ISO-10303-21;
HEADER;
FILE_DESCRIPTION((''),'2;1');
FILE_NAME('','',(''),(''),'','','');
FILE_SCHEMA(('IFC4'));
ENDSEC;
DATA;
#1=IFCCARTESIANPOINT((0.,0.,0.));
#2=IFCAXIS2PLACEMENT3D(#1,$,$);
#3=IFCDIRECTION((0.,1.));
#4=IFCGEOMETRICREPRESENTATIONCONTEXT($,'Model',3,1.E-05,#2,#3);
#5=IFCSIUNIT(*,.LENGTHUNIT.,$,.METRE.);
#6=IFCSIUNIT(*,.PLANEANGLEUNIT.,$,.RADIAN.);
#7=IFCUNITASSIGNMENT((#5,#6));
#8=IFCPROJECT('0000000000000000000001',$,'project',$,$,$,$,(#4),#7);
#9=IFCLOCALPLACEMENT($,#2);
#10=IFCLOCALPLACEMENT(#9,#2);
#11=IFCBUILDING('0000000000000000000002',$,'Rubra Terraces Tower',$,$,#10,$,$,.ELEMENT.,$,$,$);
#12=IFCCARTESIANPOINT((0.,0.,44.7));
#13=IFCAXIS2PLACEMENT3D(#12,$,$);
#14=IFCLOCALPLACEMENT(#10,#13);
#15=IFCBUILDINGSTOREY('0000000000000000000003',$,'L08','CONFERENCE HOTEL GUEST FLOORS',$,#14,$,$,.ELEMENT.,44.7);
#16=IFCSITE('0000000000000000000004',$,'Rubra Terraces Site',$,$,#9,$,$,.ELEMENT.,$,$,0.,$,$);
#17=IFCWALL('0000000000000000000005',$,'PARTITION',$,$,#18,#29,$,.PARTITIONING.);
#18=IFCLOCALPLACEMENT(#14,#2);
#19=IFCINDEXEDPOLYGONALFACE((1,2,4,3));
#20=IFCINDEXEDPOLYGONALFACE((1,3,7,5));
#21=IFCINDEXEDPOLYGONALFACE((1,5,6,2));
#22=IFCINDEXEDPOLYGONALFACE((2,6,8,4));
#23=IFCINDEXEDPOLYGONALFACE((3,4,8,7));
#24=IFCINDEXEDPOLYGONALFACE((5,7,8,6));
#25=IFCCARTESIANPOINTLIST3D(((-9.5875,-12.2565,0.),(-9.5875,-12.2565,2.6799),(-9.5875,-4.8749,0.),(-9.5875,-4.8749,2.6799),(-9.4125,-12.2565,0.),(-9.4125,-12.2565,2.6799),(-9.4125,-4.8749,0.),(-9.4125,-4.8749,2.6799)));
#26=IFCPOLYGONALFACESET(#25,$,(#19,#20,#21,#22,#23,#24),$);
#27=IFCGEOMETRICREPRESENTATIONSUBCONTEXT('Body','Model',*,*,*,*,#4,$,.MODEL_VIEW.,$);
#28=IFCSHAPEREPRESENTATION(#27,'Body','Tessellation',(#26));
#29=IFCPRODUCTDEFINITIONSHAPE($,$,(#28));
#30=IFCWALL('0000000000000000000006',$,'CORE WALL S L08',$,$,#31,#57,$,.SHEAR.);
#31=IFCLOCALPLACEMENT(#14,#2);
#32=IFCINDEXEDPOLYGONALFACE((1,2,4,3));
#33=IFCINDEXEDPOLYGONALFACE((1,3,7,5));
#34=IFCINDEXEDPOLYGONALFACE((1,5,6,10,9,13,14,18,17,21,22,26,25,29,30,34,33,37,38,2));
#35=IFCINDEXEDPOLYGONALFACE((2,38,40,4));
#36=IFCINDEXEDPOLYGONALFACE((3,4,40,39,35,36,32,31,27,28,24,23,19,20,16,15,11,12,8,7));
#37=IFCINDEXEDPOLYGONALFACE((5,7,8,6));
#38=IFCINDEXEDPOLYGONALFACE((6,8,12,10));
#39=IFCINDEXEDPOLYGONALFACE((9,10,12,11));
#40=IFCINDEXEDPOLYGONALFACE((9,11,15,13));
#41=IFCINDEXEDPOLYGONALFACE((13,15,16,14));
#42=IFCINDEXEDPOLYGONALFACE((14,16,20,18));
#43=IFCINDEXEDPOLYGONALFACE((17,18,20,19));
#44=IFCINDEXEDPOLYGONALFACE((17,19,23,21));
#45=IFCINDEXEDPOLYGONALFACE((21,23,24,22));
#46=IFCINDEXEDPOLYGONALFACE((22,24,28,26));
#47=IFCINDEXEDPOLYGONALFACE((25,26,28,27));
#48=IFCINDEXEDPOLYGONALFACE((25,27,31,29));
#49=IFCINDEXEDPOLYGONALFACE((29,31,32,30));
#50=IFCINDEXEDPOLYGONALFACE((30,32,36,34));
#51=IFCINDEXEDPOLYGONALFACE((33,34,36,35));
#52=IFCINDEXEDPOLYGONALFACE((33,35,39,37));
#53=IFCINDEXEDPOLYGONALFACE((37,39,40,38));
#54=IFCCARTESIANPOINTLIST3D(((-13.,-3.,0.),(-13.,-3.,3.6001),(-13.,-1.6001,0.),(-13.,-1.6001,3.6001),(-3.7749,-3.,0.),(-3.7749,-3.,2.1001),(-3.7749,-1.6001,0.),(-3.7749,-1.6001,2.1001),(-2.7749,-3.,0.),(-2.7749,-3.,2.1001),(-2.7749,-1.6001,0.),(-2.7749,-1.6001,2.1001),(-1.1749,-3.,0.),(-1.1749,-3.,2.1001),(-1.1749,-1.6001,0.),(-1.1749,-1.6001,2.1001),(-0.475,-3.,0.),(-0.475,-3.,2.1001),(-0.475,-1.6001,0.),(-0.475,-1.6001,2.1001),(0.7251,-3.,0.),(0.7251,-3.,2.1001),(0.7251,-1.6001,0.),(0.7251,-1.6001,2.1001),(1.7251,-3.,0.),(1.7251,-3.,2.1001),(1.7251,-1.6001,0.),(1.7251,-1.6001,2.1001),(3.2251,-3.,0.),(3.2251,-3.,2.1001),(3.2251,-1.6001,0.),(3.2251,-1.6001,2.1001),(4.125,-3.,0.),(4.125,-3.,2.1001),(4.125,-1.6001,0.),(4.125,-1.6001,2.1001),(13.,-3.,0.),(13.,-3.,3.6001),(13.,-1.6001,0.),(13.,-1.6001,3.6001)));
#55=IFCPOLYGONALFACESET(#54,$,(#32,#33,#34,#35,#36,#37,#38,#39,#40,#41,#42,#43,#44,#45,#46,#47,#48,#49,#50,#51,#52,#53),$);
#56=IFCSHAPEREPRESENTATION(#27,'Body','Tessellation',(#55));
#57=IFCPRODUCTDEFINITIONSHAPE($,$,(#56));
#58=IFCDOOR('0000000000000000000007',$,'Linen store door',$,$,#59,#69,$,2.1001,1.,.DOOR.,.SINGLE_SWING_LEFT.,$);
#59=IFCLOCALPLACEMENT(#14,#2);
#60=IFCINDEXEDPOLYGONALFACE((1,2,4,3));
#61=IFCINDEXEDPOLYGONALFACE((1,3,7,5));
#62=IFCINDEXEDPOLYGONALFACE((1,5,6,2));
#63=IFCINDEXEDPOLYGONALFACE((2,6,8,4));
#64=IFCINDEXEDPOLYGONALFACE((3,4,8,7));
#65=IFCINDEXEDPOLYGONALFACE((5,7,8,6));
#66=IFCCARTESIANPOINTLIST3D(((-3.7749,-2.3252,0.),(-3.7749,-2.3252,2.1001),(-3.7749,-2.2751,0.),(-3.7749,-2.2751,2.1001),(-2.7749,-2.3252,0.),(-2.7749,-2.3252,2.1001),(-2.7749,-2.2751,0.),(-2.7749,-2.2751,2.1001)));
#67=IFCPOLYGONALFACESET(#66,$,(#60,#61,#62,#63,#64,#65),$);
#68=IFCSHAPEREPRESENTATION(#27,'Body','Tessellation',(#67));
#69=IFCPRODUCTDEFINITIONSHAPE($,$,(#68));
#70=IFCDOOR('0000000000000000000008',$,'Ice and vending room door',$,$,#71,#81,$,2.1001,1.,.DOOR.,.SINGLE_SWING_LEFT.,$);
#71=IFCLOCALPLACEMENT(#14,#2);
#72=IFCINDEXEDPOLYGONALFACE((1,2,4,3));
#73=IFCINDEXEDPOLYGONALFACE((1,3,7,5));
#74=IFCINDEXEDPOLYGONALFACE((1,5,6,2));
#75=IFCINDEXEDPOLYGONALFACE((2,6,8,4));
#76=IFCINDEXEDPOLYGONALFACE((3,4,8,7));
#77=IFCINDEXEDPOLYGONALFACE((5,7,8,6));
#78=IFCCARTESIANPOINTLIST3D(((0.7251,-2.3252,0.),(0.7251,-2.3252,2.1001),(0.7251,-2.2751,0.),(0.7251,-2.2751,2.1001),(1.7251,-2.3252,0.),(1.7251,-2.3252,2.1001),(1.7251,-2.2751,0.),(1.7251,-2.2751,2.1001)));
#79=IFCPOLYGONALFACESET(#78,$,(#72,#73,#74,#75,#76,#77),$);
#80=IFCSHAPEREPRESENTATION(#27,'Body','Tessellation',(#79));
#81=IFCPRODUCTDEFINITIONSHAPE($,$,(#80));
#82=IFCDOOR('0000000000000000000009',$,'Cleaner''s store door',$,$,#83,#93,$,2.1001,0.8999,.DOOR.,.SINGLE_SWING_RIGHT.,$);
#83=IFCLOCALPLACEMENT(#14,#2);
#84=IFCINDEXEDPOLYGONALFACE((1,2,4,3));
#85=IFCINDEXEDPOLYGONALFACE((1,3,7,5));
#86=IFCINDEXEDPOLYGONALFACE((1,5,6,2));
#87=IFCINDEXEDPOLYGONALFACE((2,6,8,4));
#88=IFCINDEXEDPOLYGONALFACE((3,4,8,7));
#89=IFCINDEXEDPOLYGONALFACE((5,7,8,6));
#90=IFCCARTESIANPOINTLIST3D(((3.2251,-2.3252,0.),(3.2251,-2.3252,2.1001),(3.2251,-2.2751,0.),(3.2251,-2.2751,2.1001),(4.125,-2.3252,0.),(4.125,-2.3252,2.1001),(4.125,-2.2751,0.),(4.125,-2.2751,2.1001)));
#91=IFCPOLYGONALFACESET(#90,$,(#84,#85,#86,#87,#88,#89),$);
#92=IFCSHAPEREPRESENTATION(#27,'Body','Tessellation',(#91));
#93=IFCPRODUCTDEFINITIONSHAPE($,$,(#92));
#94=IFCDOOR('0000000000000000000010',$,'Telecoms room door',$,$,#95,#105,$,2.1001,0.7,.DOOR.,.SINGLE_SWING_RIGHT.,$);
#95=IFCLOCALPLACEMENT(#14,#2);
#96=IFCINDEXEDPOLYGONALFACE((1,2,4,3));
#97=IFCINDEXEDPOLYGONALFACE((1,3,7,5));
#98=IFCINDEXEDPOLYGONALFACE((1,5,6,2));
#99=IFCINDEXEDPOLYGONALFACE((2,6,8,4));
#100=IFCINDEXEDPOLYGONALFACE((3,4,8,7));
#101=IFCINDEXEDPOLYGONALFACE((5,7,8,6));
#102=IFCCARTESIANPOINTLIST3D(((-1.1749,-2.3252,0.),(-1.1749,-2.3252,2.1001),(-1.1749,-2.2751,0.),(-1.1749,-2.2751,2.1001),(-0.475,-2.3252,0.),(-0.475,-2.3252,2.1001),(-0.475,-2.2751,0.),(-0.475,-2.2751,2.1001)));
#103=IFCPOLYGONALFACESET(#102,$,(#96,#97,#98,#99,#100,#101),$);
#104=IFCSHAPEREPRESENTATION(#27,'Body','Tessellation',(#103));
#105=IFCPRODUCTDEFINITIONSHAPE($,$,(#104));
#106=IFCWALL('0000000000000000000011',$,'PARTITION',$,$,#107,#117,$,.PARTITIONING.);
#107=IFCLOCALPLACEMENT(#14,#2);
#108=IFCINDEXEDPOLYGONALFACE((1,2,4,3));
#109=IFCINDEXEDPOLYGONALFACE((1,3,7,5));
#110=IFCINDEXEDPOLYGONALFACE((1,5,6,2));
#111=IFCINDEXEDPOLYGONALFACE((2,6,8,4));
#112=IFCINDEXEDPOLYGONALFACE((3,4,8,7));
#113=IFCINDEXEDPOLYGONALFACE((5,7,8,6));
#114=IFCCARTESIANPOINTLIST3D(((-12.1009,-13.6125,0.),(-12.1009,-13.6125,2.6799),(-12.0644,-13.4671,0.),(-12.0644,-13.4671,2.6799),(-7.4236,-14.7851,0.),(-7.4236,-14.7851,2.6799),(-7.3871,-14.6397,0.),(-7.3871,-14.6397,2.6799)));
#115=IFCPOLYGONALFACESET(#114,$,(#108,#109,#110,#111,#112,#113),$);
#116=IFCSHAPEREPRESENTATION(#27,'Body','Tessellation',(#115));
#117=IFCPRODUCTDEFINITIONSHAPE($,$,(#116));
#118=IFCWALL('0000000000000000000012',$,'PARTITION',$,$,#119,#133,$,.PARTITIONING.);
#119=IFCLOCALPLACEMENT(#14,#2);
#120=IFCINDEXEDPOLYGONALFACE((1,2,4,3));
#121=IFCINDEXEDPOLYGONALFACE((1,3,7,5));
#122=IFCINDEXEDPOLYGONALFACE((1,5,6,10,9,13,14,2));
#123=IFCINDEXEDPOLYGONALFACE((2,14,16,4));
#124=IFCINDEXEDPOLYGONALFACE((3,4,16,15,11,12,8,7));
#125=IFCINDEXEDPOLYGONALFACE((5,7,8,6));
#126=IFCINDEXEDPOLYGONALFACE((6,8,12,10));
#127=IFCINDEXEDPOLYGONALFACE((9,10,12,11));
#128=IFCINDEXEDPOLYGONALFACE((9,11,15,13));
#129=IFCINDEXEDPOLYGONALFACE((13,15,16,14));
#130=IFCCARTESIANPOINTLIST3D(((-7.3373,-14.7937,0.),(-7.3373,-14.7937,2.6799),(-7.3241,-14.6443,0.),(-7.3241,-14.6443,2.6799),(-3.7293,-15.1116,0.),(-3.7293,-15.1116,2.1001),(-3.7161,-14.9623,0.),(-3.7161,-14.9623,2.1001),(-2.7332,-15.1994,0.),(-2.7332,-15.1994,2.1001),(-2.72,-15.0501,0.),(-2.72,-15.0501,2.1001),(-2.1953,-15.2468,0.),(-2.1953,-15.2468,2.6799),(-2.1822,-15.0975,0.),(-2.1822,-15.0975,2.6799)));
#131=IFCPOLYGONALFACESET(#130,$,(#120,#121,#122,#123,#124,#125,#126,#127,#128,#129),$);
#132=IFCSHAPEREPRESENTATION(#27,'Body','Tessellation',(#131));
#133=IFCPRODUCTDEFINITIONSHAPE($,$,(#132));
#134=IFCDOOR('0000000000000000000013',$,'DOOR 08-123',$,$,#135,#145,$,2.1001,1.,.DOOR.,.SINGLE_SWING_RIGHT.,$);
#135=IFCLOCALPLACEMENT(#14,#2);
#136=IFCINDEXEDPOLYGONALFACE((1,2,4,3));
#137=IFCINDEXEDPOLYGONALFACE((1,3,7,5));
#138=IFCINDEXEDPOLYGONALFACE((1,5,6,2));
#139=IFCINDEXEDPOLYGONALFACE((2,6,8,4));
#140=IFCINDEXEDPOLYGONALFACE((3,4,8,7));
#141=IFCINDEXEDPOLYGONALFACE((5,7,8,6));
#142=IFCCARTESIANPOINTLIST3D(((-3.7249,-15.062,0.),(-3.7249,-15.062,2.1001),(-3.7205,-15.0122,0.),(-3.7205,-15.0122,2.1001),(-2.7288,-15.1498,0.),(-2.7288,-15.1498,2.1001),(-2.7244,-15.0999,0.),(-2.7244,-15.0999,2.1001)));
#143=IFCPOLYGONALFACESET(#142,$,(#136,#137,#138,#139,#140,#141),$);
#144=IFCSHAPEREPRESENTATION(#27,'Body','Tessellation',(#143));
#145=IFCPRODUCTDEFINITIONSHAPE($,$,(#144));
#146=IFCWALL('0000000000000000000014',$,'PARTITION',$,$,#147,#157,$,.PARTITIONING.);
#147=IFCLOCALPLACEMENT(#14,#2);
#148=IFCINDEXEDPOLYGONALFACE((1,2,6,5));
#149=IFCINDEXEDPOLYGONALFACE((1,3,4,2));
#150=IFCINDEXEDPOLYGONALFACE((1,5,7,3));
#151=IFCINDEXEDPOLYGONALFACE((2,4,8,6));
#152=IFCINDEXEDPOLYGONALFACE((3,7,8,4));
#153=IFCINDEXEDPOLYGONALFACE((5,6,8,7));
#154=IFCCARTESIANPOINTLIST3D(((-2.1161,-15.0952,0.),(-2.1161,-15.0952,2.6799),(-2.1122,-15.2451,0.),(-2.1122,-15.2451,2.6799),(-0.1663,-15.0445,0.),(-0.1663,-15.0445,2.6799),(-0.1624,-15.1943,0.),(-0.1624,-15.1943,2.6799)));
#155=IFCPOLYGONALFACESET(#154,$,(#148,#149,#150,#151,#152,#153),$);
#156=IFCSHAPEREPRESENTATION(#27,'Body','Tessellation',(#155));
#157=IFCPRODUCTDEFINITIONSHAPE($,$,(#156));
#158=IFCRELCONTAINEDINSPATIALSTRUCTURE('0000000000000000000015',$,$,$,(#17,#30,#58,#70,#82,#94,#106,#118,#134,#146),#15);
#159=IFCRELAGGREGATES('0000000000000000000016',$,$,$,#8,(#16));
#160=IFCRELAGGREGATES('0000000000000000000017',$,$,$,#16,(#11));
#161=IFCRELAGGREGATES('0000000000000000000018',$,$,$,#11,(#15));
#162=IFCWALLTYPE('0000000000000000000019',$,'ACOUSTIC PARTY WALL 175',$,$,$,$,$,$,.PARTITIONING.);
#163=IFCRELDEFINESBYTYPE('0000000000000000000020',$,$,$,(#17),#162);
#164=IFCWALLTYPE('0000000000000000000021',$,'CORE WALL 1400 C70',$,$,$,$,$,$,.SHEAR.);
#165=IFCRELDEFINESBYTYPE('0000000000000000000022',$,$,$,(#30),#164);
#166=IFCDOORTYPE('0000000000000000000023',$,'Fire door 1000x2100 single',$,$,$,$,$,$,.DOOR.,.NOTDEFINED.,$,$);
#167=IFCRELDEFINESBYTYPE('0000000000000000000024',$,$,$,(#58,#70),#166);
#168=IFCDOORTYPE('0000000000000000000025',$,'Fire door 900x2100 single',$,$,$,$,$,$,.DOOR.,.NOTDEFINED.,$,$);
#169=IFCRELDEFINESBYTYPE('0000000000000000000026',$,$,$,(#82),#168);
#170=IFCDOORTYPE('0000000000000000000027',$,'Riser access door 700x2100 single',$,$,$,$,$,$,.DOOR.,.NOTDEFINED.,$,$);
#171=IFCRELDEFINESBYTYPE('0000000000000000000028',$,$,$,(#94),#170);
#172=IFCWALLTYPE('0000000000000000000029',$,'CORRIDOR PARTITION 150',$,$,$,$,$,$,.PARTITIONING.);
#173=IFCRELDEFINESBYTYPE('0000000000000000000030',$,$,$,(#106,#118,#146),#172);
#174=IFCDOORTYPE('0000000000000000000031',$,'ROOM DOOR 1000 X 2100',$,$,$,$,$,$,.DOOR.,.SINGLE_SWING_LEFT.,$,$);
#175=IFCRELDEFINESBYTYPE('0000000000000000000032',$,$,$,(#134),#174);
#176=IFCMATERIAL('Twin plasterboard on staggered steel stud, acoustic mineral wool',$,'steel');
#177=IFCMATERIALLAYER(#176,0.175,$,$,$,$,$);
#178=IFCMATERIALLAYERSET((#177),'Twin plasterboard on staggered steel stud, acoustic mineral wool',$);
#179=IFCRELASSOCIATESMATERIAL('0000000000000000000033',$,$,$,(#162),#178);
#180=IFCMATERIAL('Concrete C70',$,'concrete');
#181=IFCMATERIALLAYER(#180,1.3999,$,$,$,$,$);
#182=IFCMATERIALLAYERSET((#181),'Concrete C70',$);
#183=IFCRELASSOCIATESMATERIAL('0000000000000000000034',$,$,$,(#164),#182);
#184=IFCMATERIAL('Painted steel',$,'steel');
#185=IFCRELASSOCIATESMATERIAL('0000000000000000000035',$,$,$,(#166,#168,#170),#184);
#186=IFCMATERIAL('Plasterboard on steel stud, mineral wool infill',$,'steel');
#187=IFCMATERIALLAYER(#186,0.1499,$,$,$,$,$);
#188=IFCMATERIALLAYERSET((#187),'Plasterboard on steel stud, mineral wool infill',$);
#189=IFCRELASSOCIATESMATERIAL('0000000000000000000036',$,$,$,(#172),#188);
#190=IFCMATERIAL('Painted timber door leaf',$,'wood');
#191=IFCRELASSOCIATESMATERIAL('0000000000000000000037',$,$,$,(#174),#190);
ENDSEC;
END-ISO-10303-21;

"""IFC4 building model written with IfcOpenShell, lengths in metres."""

from ifc_helpers import new_model, si_unit, direction, frame, frame_2d, origin, place, context, subcontext, project, spatial, rectangle, extrude, material, layer, layer_set, type_object, element, fill, save


model = new_model("IFC4")

# Units and contexts
model_context = context("Model", 3, precision=1e-05, world=origin(), true_north=direction((0.0, 1.0)))
body_context = subcontext(model_context, "Body", "Model", "MODEL_VIEW")
ifc_project = project(units=[si_unit("LENGTHUNIT", "METRE"), si_unit("PLANEANGLEUNIT", "RADIAN")], contexts=[model_context])

# Site, building, storey
site_placement = place(None, origin())
site = spatial("IfcSite", under=ifc_project, at=site_placement, Name="Rubra Terraces Site", CompositionType="ELEMENT", RefElevation=0.0)
building_placement = place(site_placement, origin())
building = spatial("IfcBuilding", under=site, at=building_placement, Name="Rubra Terraces Tower", CompositionType="ELEMENT")
storey_placement = place(building_placement, frame((0.0, 0.0, 44.7)))
storey = spatial("IfcBuildingStorey", under=building, at=storey_placement, Name="L08", Description="CONFERENCE HOTEL GUEST FLOORS", CompositionType="ELEMENT", Elevation=44.7)

# Wall
ifc_material_1 = material(Name="Twin plasterboard on staggered steel stud, acoustic mineral wool", Category="steel")
ifc_layer_1 = layer(ifc_material_1, 0.175)
ifc_layer_set_1 = layer_set([ifc_layer_1], Name="Twin plasterboard on staggered steel stud, acoustic mineral wool")
wall_type_1 = type_object("IfcWallType", Name="ACOUSTIC PARTY WALL 175", PredefinedType="PARTITIONING", material=ifc_layer_set_1)
wall_1_placement = place(storey_placement, frame((-9.5, -12.2566, 0.0), z_axis=(0.0, 0.0, 1.0), x_axis=(0.0, 1.0, 0.0)))
element("IfcWall", 1, at=wall_1_placement, inside=storey, type_object=wall_type_1, Name="PARTITION", PredefinedType="PARTITIONING", context=body_context, shape_type="SweptSolid", body=[
    extrude(rectangle(XDim=7.3816, YDim=0.175, at=frame_2d((3.6909, 0.0))), origin(), (0.0, 0.0, 1.0), 2.6799),
])

# Wall, openings, doors
ifc_material_2 = material(Name="Concrete C70", Category="concrete")
ifc_layer_2 = layer(ifc_material_2, 1.3999)
ifc_layer_set_2 = layer_set([ifc_layer_2], Name="Concrete C70")
wall_type_2 = type_object("IfcWallType", Name="CORE WALL 1400 C70", PredefinedType="SHEAR", material=ifc_layer_set_2)
wall_2_placement = place(storey_placement, frame((-13.0, -2.3, 0.0), z_axis=(0.0, 0.0, 1.0), x_axis=(1.0, 0.0, 0.0)))
wall_2 = element("IfcWall", 2, at=wall_2_placement, inside=storey, type_object=wall_type_2, Name="CORE WALL S L08", PredefinedType="SHEAR", context=body_context, shape_type="SweptSolid", body=[
    extrude(rectangle(XDim=26.0, YDim=1.3999, at=frame_2d((13.0, 0.0))), origin(), (0.0, 0.0, 1.0), 3.6001),
])
opening_1_placement = place(wall_2_placement, frame((9.2251, 0.0, 0.0)))
opening_1 = element("IfcOpeningElement", 3, at=opening_1_placement, cuts=wall_2, PredefinedType="OPENING", context=body_context, shape_type="SweptSolid", body=[
    extrude(rectangle(XDim=1.0, YDim=2.1001, at=frame_2d((0.5, 1.05))), frame((0.0, 0.71, 0.0), z_axis=(0.0, -1.0, 0.0), x_axis=(1.0, 0.0, 0.0)), (0.0, 0.0, 1.0), 1.4199),
])
opening_2_placement = place(wall_2_placement, frame((11.825, 0.0, 0.0)))
opening_2 = element("IfcOpeningElement", 4, at=opening_2_placement, cuts=wall_2, PredefinedType="OPENING", context=body_context, shape_type="SweptSolid", body=[
    extrude(rectangle(XDim=0.7, YDim=2.1001, at=frame_2d((0.3501, 1.05))), frame((0.0, 0.71, 0.0), z_axis=(0.0, -1.0, 0.0), x_axis=(1.0, 0.0, 0.0)), (0.0, 0.0, 1.0), 1.4199),
])
opening_3_placement = place(wall_2_placement, frame((13.7251, 0.0, 0.0)))
opening_3 = element("IfcOpeningElement", 5, at=opening_3_placement, cuts=wall_2, PredefinedType="OPENING", context=body_context, shape_type="SweptSolid", body=[
    extrude(rectangle(XDim=1.0, YDim=2.1001, at=frame_2d((0.5, 1.05))), frame((0.0, 0.71, 0.0), z_axis=(0.0, -1.0, 0.0), x_axis=(1.0, 0.0, 0.0)), (0.0, 0.0, 1.0), 1.4199),
])
opening_4_placement = place(wall_2_placement, frame((16.2251, 0.0, 0.0)))
opening_4 = element("IfcOpeningElement", 6, at=opening_4_placement, cuts=wall_2, PredefinedType="OPENING", context=body_context, shape_type="SweptSolid", body=[
    extrude(rectangle(XDim=0.8999, YDim=2.1001, at=frame_2d((0.45, 1.05))), frame((0.0, 0.71, 0.0), z_axis=(0.0, -1.0, 0.0), x_axis=(1.0, 0.0, 0.0)), (0.0, 0.0, 1.0), 1.4199),
])
ifc_material_3 = material(Name="Painted steel", Category="steel")
door_type_1 = type_object("IfcDoorType", Name="Fire door 1000x2100 single", OperationType="NOTDEFINED", PredefinedType="DOOR", material=ifc_material_3)
door_1_placement = place(opening_1_placement, origin())
door_1 = element("IfcDoor", 7, at=door_1_placement, inside=storey, type_object=door_type_1, Name="Linen store door", OperationType="SINGLE_SWING_LEFT", OverallHeight=2.1001, OverallWidth=1.0, PredefinedType="DOOR", context=body_context, shape_type="SweptSolid", body=[
    extrude(rectangle(XDim=1.0, YDim=2.1001, at=frame_2d((0.5, 1.05))), frame((0.0, 0.0249, 0.0), z_axis=(0.0, -1.0, 0.0), x_axis=(1.0, 0.0, 0.0)), (0.0, 0.0, 1.0), 0.05),
])
fill(opening_1, door_1)
door_2_placement = place(opening_3_placement, origin())
door_2 = element("IfcDoor", 8, at=door_2_placement, inside=storey, type_object=door_type_1, Name="Ice and vending room door", OperationType="SINGLE_SWING_LEFT", OverallHeight=2.1001, OverallWidth=1.0, PredefinedType="DOOR", context=body_context, shape_type="SweptSolid", body=[
    extrude(rectangle(XDim=1.0, YDim=2.1001, at=frame_2d((0.5, 1.05))), frame((0.0, 0.0249, 0.0), z_axis=(0.0, -1.0, 0.0), x_axis=(1.0, 0.0, 0.0)), (0.0, 0.0, 1.0), 0.05),
])
fill(opening_3, door_2)
door_type_2 = type_object("IfcDoorType", Name="Fire door 900x2100 single", OperationType="NOTDEFINED", PredefinedType="DOOR", material=ifc_material_3)
door_3_placement = place(opening_4_placement, origin())
door_3 = element("IfcDoor", 9, at=door_3_placement, inside=storey, type_object=door_type_2, Name="Cleaner's store door", OperationType="SINGLE_SWING_RIGHT", OverallHeight=2.1001, OverallWidth=0.8999, PredefinedType="DOOR", context=body_context, shape_type="SweptSolid", body=[
    extrude(rectangle(XDim=0.8999, YDim=2.1001, at=frame_2d((0.45, 1.05))), frame((0.0, 0.0249, 0.0), z_axis=(0.0, -1.0, 0.0), x_axis=(1.0, 0.0, 0.0)), (0.0, 0.0, 1.0), 0.05),
])
fill(opening_4, door_3)
door_type_3 = type_object("IfcDoorType", Name="Riser access door 700x2100 single", OperationType="NOTDEFINED", PredefinedType="DOOR", material=ifc_material_3)
door_4_placement = place(opening_2_placement, origin())
door_4 = element("IfcDoor", 10, at=door_4_placement, inside=storey, type_object=door_type_3, Name="Telecoms room door", OperationType="SINGLE_SWING_RIGHT", OverallHeight=2.1001, OverallWidth=0.7, PredefinedType="DOOR", context=body_context, shape_type="SweptSolid", body=[
    extrude(rectangle(XDim=0.7, YDim=2.1001, at=frame_2d((0.3501, 1.05))), frame((0.0, 0.0249, 0.0), z_axis=(0.0, -1.0, 0.0), x_axis=(1.0, 0.0, 0.0)), (0.0, 0.0, 1.0), 0.05),
])
fill(opening_2, door_4)

# Wall
ifc_material_4 = material(Name="Plasterboard on steel stud, mineral wool infill", Category="steel")
ifc_layer_3 = layer(ifc_material_4, 0.1499)
ifc_layer_set_3 = layer_set([ifc_layer_3], Name="Plasterboard on steel stud, mineral wool infill")
wall_type_3 = type_object("IfcWallType", Name="CORRIDOR PARTITION 150", PredefinedType="PARTITIONING", material=ifc_layer_set_3)
wall_3_placement = place(storey_placement, frame((-12.0828, -13.5398, 0.0), z_axis=(0.0, 0.0, 1.0), x_axis=(0.969981, -0.243179, 0.0)))
element("IfcWall", 11, at=wall_3_placement, inside=storey, type_object=wall_type_3, Name="PARTITION", PredefinedType="PARTITIONING", context=body_context, shape_type="SweptSolid", body=[
    extrude(rectangle(XDim=4.822, YDim=0.1499, at=frame_2d((2.4111, 0.0))), origin(), (0.0, 0.0, 1.0), 2.6799),
])

# Wall, opening, door
wall_4_placement = place(storey_placement, frame((-7.3308, -14.719, 0.0), z_axis=(0.0, 0.0, 1.0), x_axis=(0.996139, -0.087785, 0.0)))
wall_4 = element("IfcWall", 12, at=wall_4_placement, inside=storey, type_object=wall_type_3, Name="PARTITION", PredefinedType="PARTITIONING", context=body_context, shape_type="SweptSolid", body=[
    extrude(rectangle(XDim=5.1619, YDim=0.1499, at=frame_2d((2.5811, 0.0))), origin(), (0.0, 0.0, 1.0), 2.6799),
])
opening_5_placement = place(wall_4_placement, frame((3.6221, 0.0, 0.0)))
opening_5 = element("IfcOpeningElement", 13, at=opening_5_placement, cuts=wall_4, PredefinedType="OPENING", context=body_context, shape_type="SweptSolid", body=[
    extrude(rectangle(XDim=1.0, YDim=2.1001, at=frame_2d((0.5, 1.05))), frame((0.0, 0.085, 0.0), z_axis=(0.0, -1.0, 0.0), x_axis=(1.0, 0.0, 0.0)), (0.0, 0.0, 1.0), 0.1699),
])
ifc_material_5 = material(Name="Painted timber door leaf", Category="wood")
door_type_4 = type_object("IfcDoorType", Name="ROOM DOOR 1000 X 2100", OperationType="SINGLE_SWING_LEFT", PredefinedType="DOOR", material=ifc_material_5)
door_5_placement = place(opening_5_placement, origin())
door_5 = element("IfcDoor", 14, at=door_5_placement, inside=storey, type_object=door_type_4, Name="DOOR 08-123", OperationType="SINGLE_SWING_RIGHT", OverallHeight=2.1001, OverallWidth=1.0, PredefinedType="DOOR", context=body_context, shape_type="SweptSolid", body=[
    extrude(rectangle(XDim=1.0, YDim=2.1001, at=frame_2d((0.5, 1.05))), frame((0.0, 0.0249, 0.0), z_axis=(0.0, -1.0, 0.0), x_axis=(1.0, 0.0, 0.0)), (0.0, 0.0, 1.0), 0.05),
])
fill(opening_5, door_5)

# Wall
wall_5_placement = place(storey_placement, frame((-2.114, -15.1702, 0.0), z_axis=(0.0, 0.0, 1.0), x_axis=(0.999661, 0.026037, 0.0)))
element("IfcWall", 15, at=wall_5_placement, inside=storey, type_object=wall_type_3, Name="PARTITION", PredefinedType="PARTITIONING", context=body_context, shape_type="SweptSolid", body=[
    extrude(rectangle(XDim=1.9504, YDim=0.1499, at=frame_2d((0.9751, 0.0))), origin(), (0.0, 0.0, 1.0), 2.6799),
])

save(model, "model.ifc")
